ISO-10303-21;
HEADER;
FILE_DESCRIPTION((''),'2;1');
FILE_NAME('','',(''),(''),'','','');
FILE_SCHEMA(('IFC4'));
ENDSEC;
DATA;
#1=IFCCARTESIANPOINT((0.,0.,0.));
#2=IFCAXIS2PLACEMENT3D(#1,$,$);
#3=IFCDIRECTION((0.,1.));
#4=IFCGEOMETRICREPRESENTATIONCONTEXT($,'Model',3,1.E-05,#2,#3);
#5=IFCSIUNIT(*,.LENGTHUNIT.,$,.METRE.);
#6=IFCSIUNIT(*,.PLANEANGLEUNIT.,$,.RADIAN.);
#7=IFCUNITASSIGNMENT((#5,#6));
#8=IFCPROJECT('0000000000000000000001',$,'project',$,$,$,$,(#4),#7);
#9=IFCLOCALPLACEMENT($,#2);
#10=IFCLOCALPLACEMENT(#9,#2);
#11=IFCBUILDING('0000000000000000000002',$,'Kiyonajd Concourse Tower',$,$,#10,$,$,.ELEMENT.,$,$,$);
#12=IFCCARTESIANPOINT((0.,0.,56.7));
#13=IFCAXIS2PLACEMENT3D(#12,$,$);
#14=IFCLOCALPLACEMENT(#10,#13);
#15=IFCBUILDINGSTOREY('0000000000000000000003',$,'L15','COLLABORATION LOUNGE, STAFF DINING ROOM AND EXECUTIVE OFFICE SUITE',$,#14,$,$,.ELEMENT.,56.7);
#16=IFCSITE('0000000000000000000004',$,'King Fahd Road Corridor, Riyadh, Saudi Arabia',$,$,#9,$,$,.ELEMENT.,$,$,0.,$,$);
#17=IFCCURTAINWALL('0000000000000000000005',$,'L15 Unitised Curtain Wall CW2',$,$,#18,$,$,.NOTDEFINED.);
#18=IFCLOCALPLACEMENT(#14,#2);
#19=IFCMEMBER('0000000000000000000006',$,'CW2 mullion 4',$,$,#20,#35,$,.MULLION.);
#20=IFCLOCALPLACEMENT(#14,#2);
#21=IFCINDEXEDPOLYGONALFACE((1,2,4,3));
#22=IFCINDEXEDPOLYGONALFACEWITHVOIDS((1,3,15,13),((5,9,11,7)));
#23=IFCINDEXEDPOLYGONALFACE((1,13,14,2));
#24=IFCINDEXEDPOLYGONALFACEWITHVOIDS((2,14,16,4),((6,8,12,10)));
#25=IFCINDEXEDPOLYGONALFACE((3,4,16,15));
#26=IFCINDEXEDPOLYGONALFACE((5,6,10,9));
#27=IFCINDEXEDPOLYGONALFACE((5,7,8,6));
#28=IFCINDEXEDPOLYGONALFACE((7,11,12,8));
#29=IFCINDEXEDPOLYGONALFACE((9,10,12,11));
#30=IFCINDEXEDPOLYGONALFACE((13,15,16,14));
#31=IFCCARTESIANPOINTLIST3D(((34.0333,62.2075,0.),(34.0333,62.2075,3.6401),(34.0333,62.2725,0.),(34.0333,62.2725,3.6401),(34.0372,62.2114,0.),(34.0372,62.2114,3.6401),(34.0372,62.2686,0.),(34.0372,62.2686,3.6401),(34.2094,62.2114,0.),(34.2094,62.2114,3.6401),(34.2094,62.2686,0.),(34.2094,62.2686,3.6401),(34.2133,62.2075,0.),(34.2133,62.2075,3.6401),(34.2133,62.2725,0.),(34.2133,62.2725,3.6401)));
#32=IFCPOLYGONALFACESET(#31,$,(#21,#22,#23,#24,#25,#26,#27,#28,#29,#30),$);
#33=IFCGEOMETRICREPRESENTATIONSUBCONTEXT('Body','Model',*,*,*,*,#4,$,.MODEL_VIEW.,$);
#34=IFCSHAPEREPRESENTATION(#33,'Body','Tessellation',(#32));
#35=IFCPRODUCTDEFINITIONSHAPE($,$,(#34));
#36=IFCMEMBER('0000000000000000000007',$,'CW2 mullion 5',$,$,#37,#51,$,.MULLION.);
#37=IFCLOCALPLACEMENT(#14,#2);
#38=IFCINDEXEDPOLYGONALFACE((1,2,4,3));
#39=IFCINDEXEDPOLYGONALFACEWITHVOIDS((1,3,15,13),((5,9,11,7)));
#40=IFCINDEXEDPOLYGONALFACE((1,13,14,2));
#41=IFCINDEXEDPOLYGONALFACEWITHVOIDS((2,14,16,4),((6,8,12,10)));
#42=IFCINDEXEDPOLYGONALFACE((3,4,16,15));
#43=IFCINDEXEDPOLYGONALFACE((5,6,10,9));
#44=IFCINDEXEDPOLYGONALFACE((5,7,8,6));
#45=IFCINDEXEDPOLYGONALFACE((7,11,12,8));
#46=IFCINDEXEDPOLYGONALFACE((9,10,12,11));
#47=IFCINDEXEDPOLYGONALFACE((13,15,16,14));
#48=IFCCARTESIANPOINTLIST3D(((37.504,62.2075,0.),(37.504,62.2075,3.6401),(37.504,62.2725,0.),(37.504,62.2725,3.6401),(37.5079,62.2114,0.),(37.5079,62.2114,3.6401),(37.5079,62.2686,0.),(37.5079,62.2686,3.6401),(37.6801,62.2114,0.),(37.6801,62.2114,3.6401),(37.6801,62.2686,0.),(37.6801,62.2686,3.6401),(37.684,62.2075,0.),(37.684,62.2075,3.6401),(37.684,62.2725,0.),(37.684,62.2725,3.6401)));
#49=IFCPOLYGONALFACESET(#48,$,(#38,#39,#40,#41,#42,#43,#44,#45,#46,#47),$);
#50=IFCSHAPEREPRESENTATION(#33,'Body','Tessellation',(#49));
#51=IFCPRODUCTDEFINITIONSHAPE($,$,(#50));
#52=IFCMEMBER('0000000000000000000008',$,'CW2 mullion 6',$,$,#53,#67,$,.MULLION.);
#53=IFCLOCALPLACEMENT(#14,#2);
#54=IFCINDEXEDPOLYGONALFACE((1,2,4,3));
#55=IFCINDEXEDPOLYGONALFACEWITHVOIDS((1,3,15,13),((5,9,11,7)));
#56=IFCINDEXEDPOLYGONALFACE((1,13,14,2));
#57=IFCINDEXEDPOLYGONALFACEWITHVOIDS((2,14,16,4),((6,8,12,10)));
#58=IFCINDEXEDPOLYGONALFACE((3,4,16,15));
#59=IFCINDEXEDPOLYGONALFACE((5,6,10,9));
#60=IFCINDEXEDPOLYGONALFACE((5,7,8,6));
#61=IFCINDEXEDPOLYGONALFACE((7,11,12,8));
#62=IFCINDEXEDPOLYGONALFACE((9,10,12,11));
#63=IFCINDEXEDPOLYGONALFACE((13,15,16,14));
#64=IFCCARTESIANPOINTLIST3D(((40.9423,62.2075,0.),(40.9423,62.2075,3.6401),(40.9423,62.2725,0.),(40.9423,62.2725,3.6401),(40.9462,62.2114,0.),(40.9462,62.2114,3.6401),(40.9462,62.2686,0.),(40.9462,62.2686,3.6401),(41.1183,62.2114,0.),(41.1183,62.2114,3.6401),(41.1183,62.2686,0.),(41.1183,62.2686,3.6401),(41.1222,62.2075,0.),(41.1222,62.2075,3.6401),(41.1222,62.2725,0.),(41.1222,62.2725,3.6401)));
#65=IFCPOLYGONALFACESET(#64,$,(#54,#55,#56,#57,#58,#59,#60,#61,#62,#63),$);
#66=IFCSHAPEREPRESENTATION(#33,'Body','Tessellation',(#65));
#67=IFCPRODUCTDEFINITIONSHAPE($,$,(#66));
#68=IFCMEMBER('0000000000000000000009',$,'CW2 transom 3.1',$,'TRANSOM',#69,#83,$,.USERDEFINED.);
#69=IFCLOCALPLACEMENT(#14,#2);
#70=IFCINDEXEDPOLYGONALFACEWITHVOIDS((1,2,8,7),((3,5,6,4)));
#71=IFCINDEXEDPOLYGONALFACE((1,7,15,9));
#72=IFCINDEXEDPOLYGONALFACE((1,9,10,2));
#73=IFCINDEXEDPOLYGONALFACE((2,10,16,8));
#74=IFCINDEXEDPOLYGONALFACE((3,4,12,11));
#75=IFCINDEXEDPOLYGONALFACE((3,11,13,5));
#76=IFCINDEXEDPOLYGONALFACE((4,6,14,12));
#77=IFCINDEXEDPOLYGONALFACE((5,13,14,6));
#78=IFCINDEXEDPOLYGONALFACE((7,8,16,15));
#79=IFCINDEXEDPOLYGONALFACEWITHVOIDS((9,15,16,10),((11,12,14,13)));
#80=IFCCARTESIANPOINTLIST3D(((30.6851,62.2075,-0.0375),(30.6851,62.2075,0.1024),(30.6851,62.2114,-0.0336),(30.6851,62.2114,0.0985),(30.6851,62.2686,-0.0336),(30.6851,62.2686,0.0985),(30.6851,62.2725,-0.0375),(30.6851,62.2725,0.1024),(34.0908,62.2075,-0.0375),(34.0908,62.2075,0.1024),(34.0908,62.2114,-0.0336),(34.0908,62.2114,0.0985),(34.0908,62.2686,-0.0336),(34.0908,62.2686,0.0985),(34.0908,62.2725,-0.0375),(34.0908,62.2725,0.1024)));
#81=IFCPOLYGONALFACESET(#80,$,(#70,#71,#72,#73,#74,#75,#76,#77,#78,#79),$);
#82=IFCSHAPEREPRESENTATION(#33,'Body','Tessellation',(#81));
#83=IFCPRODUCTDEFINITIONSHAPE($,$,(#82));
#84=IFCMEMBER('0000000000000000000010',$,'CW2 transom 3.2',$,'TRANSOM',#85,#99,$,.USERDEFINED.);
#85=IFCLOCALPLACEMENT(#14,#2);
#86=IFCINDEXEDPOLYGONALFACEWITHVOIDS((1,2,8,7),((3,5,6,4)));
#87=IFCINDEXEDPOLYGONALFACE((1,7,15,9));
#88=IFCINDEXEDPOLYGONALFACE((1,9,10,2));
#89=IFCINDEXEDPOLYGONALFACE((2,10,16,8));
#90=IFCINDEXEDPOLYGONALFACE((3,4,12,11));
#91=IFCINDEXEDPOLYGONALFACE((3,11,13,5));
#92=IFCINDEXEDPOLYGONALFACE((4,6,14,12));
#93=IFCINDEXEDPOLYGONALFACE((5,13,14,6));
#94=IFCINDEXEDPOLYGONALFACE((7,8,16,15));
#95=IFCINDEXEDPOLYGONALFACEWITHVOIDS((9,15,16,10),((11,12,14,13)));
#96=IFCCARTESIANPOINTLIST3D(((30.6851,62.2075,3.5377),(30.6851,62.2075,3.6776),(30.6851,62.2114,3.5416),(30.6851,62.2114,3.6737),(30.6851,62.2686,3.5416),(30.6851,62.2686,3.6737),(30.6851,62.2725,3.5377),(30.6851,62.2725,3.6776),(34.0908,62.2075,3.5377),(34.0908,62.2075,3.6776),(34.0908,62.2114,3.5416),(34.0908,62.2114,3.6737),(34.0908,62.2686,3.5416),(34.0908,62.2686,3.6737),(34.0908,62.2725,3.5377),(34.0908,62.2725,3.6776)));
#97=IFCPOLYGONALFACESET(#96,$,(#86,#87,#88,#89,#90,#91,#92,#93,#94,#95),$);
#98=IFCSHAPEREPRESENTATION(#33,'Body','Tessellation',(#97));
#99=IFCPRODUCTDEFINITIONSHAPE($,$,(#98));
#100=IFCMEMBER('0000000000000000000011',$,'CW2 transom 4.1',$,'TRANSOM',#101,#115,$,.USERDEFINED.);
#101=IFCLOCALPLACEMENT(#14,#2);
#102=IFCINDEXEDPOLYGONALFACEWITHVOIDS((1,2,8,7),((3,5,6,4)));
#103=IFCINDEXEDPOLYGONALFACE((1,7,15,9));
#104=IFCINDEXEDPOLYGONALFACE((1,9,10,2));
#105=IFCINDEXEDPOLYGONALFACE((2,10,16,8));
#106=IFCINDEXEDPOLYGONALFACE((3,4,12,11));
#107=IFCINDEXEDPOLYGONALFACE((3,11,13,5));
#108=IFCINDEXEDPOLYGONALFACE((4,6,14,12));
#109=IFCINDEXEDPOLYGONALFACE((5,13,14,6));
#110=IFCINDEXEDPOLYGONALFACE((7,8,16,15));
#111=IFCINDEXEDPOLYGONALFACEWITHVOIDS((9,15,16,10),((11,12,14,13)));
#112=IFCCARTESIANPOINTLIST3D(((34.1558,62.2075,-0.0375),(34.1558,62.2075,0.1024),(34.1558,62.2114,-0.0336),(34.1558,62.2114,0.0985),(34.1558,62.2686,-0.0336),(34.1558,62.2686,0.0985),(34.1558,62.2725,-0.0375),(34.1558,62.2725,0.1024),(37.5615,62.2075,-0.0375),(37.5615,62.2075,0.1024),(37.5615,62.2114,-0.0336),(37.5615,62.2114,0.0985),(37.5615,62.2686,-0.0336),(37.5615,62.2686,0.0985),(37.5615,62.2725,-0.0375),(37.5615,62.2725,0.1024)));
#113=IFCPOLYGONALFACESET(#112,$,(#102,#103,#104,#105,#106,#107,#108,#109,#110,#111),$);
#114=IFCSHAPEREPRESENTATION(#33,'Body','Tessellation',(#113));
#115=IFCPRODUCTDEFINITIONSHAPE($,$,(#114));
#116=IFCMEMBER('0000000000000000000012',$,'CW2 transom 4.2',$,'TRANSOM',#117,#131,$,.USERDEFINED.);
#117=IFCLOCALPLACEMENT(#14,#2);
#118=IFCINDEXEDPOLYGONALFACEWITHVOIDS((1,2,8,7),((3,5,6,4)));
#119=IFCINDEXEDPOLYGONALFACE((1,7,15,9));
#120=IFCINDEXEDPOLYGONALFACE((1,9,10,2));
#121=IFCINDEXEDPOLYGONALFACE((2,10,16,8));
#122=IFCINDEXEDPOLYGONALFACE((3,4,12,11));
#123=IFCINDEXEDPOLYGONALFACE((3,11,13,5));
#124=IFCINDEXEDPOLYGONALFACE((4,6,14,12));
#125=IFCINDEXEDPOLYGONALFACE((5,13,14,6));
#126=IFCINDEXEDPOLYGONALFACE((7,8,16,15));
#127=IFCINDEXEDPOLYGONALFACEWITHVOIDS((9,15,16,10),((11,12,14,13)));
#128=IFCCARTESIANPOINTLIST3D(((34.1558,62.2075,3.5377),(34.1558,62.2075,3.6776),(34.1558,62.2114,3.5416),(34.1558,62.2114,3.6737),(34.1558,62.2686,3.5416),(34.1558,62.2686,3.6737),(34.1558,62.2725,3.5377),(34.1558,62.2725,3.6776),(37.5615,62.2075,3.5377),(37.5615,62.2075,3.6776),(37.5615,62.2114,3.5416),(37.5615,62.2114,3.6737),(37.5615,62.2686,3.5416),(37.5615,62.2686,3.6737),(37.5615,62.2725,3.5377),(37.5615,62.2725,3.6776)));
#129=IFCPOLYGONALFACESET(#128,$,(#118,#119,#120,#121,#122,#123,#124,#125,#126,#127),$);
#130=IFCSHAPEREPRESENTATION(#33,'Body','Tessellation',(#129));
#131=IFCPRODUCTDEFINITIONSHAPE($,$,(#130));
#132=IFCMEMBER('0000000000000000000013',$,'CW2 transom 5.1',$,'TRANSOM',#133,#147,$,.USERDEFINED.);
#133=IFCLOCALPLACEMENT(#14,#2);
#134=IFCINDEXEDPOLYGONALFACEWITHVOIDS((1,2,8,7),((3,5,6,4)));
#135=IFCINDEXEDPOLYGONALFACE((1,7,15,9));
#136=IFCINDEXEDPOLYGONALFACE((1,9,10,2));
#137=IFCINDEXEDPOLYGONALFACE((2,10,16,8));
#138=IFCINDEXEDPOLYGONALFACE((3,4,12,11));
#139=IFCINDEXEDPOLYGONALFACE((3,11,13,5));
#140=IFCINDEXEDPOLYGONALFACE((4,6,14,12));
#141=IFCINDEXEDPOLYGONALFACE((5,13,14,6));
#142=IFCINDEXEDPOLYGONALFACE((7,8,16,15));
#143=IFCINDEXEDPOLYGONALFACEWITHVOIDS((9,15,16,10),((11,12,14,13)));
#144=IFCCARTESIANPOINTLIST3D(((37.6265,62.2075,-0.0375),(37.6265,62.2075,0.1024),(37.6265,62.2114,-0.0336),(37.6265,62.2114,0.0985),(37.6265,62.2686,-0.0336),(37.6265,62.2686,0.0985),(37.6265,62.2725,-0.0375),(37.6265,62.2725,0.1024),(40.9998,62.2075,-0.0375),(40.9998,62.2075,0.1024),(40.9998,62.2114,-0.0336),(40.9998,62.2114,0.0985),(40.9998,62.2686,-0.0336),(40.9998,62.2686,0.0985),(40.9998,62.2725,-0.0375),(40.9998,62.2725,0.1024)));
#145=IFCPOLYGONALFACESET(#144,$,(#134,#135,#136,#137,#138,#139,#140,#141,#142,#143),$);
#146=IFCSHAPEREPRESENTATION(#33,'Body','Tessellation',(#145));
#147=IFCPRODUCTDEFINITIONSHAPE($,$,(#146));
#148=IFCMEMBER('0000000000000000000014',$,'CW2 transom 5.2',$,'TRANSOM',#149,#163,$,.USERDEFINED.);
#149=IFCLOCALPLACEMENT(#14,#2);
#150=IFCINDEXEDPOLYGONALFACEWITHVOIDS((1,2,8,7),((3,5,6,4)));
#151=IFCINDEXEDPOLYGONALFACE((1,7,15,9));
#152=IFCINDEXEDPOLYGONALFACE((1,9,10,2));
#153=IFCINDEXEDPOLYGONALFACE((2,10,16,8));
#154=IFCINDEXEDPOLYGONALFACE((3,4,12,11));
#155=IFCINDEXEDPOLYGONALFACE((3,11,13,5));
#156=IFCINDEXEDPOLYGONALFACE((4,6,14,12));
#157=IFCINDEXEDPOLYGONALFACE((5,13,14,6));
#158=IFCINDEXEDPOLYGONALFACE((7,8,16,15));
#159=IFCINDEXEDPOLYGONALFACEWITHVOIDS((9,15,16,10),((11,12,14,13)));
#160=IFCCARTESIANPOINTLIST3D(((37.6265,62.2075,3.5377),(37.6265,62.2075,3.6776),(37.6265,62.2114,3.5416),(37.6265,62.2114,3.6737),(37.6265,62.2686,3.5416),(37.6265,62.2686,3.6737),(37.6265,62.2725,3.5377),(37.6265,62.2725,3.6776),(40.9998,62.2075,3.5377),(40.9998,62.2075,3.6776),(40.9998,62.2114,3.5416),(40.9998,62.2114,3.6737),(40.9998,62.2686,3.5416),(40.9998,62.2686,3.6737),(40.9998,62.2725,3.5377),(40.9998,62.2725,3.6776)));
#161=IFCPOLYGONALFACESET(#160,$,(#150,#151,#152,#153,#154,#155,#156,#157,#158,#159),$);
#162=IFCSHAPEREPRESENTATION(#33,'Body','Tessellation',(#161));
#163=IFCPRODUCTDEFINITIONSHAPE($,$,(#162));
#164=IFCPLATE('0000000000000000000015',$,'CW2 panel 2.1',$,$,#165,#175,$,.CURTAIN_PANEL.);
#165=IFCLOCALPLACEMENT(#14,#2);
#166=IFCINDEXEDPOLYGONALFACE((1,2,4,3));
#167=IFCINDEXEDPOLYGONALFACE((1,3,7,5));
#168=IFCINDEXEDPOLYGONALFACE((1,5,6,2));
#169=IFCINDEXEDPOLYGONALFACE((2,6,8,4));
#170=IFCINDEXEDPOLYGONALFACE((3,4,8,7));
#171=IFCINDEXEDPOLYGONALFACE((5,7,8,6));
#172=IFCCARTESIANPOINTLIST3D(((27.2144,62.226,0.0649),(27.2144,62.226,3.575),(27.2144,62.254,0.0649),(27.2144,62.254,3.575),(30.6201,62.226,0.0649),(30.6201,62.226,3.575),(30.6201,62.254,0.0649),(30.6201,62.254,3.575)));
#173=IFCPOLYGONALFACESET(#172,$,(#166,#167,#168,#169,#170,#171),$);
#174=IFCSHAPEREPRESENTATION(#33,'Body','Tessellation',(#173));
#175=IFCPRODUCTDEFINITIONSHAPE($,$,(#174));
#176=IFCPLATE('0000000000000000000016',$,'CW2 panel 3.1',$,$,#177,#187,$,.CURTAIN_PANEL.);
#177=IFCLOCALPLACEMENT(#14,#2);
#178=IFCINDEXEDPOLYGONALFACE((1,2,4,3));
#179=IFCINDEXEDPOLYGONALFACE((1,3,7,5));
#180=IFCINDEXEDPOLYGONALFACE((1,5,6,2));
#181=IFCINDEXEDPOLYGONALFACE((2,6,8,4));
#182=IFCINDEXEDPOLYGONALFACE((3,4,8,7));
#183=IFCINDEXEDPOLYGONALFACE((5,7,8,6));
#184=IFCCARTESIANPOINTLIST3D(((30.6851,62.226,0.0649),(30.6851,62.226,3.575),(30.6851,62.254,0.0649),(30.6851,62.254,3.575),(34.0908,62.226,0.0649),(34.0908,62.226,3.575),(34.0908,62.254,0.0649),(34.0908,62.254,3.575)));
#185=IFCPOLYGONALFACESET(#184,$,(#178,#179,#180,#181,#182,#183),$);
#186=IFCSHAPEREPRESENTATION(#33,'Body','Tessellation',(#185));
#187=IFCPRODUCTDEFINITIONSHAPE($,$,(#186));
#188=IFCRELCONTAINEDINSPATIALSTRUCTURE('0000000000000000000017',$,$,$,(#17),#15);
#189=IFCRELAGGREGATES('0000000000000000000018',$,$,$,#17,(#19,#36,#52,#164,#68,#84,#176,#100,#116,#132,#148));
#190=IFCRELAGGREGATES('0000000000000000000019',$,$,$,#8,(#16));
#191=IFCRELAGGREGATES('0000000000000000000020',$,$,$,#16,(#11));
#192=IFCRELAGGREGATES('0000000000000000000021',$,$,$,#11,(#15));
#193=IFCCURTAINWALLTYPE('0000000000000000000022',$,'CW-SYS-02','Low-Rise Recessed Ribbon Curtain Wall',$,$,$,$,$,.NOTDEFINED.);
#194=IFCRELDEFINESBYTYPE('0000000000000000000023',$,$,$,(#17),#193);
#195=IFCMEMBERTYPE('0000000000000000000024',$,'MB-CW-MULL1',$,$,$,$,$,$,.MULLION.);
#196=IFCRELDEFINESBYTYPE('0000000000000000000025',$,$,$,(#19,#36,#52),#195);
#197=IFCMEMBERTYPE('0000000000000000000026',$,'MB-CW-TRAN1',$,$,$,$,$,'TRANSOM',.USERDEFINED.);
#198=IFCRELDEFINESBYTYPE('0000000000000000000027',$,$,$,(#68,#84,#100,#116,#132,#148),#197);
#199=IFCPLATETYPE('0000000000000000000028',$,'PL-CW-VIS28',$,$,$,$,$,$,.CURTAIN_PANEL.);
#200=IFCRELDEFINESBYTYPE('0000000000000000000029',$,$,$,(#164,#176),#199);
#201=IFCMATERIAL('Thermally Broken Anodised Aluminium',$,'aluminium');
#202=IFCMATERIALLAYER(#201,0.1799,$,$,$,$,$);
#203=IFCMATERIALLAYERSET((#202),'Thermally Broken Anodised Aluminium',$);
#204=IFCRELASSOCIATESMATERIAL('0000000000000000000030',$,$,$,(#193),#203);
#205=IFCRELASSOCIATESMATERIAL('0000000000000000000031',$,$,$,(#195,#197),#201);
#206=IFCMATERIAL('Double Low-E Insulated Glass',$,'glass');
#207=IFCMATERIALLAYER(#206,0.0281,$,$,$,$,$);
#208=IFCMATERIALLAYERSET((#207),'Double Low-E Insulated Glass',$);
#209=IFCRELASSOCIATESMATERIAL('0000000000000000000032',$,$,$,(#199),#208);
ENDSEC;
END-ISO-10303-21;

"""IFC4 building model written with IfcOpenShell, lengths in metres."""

from ifc_helpers import new_model, si_unit, direction, frame, origin, origin_2d, place, context, subcontext, project, spatial, rectangle, hollow_rectangle, extrude, material, layer, layer_set, material_profile, profile_set, type_object, element, aggregate, save


model = new_model("IFC4")

# Units and contexts
model_context = context("Model", 3, precision=1e-05, world=origin(), true_north=direction((0.0, 1.0)))
body_context = subcontext(model_context, "Body", "Model", "MODEL_VIEW")
ifc_project = project(units=[si_unit("LENGTHUNIT", "METRE"), si_unit("PLANEANGLEUNIT", "RADIAN")], contexts=[model_context])

# Site, building, storey
site_placement = place(None, origin())
site = spatial("IfcSite", under=ifc_project, at=site_placement, Name="King Fahd Road Corridor, Riyadh, Saudi Arabia", CompositionType="ELEMENT", RefElevation=0.0)
building_placement = place(site_placement, origin())
building = spatial("IfcBuilding", under=site, at=building_placement, Name="Kiyonajd Concourse Tower", CompositionType="ELEMENT")
storey_placement = place(building_placement, frame((0.0, 0.0, 56.7)))
storey = spatial("IfcBuildingStorey", under=building, at=storey_placement, Name="L15", Description="COLLABORATION LOUNGE, STAFF DINING ROOM AND EXECUTIVE OFFICE SUITE", CompositionType="ELEMENT", Elevation=56.7)

# Curtain wall, members, plates
ifc_material_1 = material(Name="Thermally Broken Anodised Aluminium", Category="aluminium")
ifc_layer_1 = layer(ifc_material_1, 0.1799)
ifc_layer_set_1 = layer_set([ifc_layer_1], Name="Thermally Broken Anodised Aluminium")
curtain_wall_type = type_object("IfcCurtainWallType", Name="CW-SYS-02", Description="Low-Rise Recessed Ribbon Curtain Wall", PredefinedType="NOTDEFINED", material=ifc_layer_set_1)
curtain_wall_placement = place(storey_placement, origin())
curtain_wall = element("IfcCurtainWall", 1, at=curtain_wall_placement, inside=storey, type_object=curtain_wall_type, Name="L15 Unitised Curtain Wall CW2", PredefinedType="NOTDEFINED")
ifc_material_profile_1 = material_profile(ifc_material_1, hollow_rectangle(XDim=0.0649, YDim=0.1799, WallThickness=0.0039, at=origin_2d()), Name="MULL-65x180")
ifc_profile_set_1 = profile_set([ifc_material_profile_1], Name="Thermally Broken Anodised Aluminium")
member_type_1 = type_object("IfcMemberType", Name="MB-CW-MULL1", PredefinedType="MULLION", material=ifc_profile_set_1)
member_1_placement = place(storey_placement, frame((34.1233, 62.24, 0.0), z_axis=(0.0, 0.0, 1.0), x_axis=(0.0, 1.0, 0.0)))
member_1 = element("IfcMember", 2, at=member_1_placement, type_object=member_type_1, Name="CW2 mullion 4", PredefinedType="MULLION", context=body_context, shape_type="SweptSolid", body=[
    extrude(hollow_rectangle(XDim=0.0649, YDim=0.1799, WallThickness=0.0039, at=origin_2d()), origin(), (0.0, 0.0, 1.0), 3.6401),
])
member_2_placement = place(storey_placement, frame((37.594, 62.24, 0.0), z_axis=(0.0, 0.0, 1.0), x_axis=(0.0, 1.0, 0.0)))
member_2 = element("IfcMember", 3, at=member_2_placement, type_object=member_type_1, Name="CW2 mullion 5", PredefinedType="MULLION", context=body_context, shape_type="SweptSolid", body=[
    extrude(hollow_rectangle(XDim=0.0649, YDim=0.1799, WallThickness=0.0039, at=origin_2d()), origin(), (0.0, 0.0, 1.0), 3.6401),
])
member_3_placement = place(storey_placement, frame((41.0322, 62.24, 0.0), z_axis=(0.0, 0.0, 1.0), x_axis=(0.0, 1.0, 0.0)))
member_3 = element("IfcMember", 4, at=member_3_placement, type_object=member_type_1, Name="CW2 mullion 6", PredefinedType="MULLION", context=body_context, shape_type="SweptSolid", body=[
    extrude(hollow_rectangle(XDim=0.0649, YDim=0.1799, WallThickness=0.0039, at=origin_2d()), origin(), (0.0, 0.0, 1.0), 3.6401),
])
ifc_material_profile_2 = material_profile(ifc_material_1, hollow_rectangle(XDim=0.0649, YDim=0.1399, WallThickness=0.0039, at=origin_2d()), Name="TRAN-65x140")
ifc_profile_set_2 = profile_set([ifc_material_profile_2], Name="Thermally Broken Anodised Aluminium")
member_type_2 = type_object("IfcMemberType", Name="MB-CW-TRAN1", ElementType="TRANSOM", PredefinedType="USERDEFINED", material=ifc_profile_set_2)
member_4_placement = place(storey_placement, frame((30.6851, 62.24, 0.0325), z_axis=(1.0, 0.0, 0.0), x_axis=(0.0, 1.0, 0.0)))
member_4 = element("IfcMember", 5, at=member_4_placement, type_object=member_type_2, Name="CW2 transom 3.1", ObjectType="TRANSOM", PredefinedType="USERDEFINED", context=body_context, shape_type="SweptSolid", body=[
    extrude(hollow_rectangle(XDim=0.0649, YDim=0.1399, WallThickness=0.0039, at=origin_2d()), origin(), (0.0, 0.0, 1.0), 3.4058),
])
member_5_placement = place(storey_placement, frame((30.6851, 62.24, 3.6077), z_axis=(1.0, 0.0, 0.0), x_axis=(0.0, 1.0, 0.0)))
member_5 = element("IfcMember", 6, at=member_5_placement, type_object=member_type_2, Name="CW2 transom 3.2", ObjectType="TRANSOM", PredefinedType="USERDEFINED", context=body_context, shape_type="SweptSolid", body=[
    extrude(hollow_rectangle(XDim=0.0649, YDim=0.1399, WallThickness=0.0039, at=origin_2d()), origin(), (0.0, 0.0, 1.0), 3.4058),
])
member_6_placement = place(storey_placement, frame((34.1558, 62.24, 0.0325), z_axis=(1.0, 0.0, 0.0), x_axis=(0.0, 1.0, 0.0)))
member_6 = element("IfcMember", 7, at=member_6_placement, type_object=member_type_2, Name="CW2 transom 4.1", ObjectType="TRANSOM", PredefinedType="USERDEFINED", context=body_context, shape_type="SweptSolid", body=[
    extrude(hollow_rectangle(XDim=0.0649, YDim=0.1399, WallThickness=0.0039, at=origin_2d()), origin(), (0.0, 0.0, 1.0), 3.4058),
])
member_7_placement = place(storey_placement, frame((34.1558, 62.24, 3.6077), z_axis=(1.0, 0.0, 0.0), x_axis=(0.0, 1.0, 0.0)))
member_7 = element("IfcMember", 8, at=member_7_placement, type_object=member_type_2, Name="CW2 transom 4.2", ObjectType="TRANSOM", PredefinedType="USERDEFINED", context=body_context, shape_type="SweptSolid", body=[
    extrude(hollow_rectangle(XDim=0.0649, YDim=0.1399, WallThickness=0.0039, at=origin_2d()), origin(), (0.0, 0.0, 1.0), 3.4058),
])
member_8_placement = place(storey_placement, frame((37.6265, 62.24, 0.0325), z_axis=(1.0, 0.0, 0.0), x_axis=(0.0, 1.0, 0.0)))
member_8 = element("IfcMember", 9, at=member_8_placement, type_object=member_type_2, Name="CW2 transom 5.1", ObjectType="TRANSOM", PredefinedType="USERDEFINED", context=body_context, shape_type="SweptSolid", body=[
    extrude(hollow_rectangle(XDim=0.0649, YDim=0.1399, WallThickness=0.0039, at=origin_2d()), origin(), (0.0, 0.0, 1.0), 3.3733),
])
member_9_placement = place(storey_placement, frame((37.6265, 62.24, 3.6077), z_axis=(1.0, 0.0, 0.0), x_axis=(0.0, 1.0, 0.0)))
member_9 = element("IfcMember", 10, at=member_9_placement, type_object=member_type_2, Name="CW2 transom 5.2", ObjectType="TRANSOM", PredefinedType="USERDEFINED", context=body_context, shape_type="SweptSolid", body=[
    extrude(hollow_rectangle(XDim=0.0649, YDim=0.1399, WallThickness=0.0039, at=origin_2d()), origin(), (0.0, 0.0, 1.0), 3.3733),
])
ifc_material_2 = material(Name="Double Low-E Insulated Glass", Category="glass")
ifc_layer_2 = layer(ifc_material_2, 0.0281)
ifc_layer_set_2 = layer_set([ifc_layer_2], Name="Double Low-E Insulated Glass")
plate_type_1 = type_object("IfcPlateType", Name="PL-CW-VIS28", PredefinedType="CURTAIN_PANEL", material=ifc_layer_set_2)
plate_1_placement = place(storey_placement, frame((28.9172, 62.24, 0.0649), z_axis=(0.0, 0.0, 1.0), x_axis=(1.0, 0.0, 0.0)))
plate_1 = element("IfcPlate", 11, at=plate_1_placement, type_object=plate_type_1, Name="CW2 panel 2.1", PredefinedType="CURTAIN_PANEL", context=body_context, shape_type="SweptSolid", body=[
    extrude(rectangle(XDim=3.4058, YDim=0.0281, at=origin_2d()), origin(), (0.0, 0.0, 1.0), 3.51),
])
plate_2_placement = place(storey_placement, frame((32.3879, 62.24, 0.0649), z_axis=(0.0, 0.0, 1.0), x_axis=(1.0, 0.0, 0.0)))
plate_2 = element("IfcPlate", 12, at=plate_2_placement, type_object=plate_type_1, Name="CW2 panel 3.1", PredefinedType="CURTAIN_PANEL", context=body_context, shape_type="SweptSolid", body=[
    extrude(rectangle(XDim=3.4058, YDim=0.0281, at=origin_2d()), origin(), (0.0, 0.0, 1.0), 3.51),
])
aggregate(curtain_wall, [member_1, member_2, member_3, plate_1, member_4, member_5, plate_2, member_6, member_7, member_8, member_9])

save(model, "model.ifc")
